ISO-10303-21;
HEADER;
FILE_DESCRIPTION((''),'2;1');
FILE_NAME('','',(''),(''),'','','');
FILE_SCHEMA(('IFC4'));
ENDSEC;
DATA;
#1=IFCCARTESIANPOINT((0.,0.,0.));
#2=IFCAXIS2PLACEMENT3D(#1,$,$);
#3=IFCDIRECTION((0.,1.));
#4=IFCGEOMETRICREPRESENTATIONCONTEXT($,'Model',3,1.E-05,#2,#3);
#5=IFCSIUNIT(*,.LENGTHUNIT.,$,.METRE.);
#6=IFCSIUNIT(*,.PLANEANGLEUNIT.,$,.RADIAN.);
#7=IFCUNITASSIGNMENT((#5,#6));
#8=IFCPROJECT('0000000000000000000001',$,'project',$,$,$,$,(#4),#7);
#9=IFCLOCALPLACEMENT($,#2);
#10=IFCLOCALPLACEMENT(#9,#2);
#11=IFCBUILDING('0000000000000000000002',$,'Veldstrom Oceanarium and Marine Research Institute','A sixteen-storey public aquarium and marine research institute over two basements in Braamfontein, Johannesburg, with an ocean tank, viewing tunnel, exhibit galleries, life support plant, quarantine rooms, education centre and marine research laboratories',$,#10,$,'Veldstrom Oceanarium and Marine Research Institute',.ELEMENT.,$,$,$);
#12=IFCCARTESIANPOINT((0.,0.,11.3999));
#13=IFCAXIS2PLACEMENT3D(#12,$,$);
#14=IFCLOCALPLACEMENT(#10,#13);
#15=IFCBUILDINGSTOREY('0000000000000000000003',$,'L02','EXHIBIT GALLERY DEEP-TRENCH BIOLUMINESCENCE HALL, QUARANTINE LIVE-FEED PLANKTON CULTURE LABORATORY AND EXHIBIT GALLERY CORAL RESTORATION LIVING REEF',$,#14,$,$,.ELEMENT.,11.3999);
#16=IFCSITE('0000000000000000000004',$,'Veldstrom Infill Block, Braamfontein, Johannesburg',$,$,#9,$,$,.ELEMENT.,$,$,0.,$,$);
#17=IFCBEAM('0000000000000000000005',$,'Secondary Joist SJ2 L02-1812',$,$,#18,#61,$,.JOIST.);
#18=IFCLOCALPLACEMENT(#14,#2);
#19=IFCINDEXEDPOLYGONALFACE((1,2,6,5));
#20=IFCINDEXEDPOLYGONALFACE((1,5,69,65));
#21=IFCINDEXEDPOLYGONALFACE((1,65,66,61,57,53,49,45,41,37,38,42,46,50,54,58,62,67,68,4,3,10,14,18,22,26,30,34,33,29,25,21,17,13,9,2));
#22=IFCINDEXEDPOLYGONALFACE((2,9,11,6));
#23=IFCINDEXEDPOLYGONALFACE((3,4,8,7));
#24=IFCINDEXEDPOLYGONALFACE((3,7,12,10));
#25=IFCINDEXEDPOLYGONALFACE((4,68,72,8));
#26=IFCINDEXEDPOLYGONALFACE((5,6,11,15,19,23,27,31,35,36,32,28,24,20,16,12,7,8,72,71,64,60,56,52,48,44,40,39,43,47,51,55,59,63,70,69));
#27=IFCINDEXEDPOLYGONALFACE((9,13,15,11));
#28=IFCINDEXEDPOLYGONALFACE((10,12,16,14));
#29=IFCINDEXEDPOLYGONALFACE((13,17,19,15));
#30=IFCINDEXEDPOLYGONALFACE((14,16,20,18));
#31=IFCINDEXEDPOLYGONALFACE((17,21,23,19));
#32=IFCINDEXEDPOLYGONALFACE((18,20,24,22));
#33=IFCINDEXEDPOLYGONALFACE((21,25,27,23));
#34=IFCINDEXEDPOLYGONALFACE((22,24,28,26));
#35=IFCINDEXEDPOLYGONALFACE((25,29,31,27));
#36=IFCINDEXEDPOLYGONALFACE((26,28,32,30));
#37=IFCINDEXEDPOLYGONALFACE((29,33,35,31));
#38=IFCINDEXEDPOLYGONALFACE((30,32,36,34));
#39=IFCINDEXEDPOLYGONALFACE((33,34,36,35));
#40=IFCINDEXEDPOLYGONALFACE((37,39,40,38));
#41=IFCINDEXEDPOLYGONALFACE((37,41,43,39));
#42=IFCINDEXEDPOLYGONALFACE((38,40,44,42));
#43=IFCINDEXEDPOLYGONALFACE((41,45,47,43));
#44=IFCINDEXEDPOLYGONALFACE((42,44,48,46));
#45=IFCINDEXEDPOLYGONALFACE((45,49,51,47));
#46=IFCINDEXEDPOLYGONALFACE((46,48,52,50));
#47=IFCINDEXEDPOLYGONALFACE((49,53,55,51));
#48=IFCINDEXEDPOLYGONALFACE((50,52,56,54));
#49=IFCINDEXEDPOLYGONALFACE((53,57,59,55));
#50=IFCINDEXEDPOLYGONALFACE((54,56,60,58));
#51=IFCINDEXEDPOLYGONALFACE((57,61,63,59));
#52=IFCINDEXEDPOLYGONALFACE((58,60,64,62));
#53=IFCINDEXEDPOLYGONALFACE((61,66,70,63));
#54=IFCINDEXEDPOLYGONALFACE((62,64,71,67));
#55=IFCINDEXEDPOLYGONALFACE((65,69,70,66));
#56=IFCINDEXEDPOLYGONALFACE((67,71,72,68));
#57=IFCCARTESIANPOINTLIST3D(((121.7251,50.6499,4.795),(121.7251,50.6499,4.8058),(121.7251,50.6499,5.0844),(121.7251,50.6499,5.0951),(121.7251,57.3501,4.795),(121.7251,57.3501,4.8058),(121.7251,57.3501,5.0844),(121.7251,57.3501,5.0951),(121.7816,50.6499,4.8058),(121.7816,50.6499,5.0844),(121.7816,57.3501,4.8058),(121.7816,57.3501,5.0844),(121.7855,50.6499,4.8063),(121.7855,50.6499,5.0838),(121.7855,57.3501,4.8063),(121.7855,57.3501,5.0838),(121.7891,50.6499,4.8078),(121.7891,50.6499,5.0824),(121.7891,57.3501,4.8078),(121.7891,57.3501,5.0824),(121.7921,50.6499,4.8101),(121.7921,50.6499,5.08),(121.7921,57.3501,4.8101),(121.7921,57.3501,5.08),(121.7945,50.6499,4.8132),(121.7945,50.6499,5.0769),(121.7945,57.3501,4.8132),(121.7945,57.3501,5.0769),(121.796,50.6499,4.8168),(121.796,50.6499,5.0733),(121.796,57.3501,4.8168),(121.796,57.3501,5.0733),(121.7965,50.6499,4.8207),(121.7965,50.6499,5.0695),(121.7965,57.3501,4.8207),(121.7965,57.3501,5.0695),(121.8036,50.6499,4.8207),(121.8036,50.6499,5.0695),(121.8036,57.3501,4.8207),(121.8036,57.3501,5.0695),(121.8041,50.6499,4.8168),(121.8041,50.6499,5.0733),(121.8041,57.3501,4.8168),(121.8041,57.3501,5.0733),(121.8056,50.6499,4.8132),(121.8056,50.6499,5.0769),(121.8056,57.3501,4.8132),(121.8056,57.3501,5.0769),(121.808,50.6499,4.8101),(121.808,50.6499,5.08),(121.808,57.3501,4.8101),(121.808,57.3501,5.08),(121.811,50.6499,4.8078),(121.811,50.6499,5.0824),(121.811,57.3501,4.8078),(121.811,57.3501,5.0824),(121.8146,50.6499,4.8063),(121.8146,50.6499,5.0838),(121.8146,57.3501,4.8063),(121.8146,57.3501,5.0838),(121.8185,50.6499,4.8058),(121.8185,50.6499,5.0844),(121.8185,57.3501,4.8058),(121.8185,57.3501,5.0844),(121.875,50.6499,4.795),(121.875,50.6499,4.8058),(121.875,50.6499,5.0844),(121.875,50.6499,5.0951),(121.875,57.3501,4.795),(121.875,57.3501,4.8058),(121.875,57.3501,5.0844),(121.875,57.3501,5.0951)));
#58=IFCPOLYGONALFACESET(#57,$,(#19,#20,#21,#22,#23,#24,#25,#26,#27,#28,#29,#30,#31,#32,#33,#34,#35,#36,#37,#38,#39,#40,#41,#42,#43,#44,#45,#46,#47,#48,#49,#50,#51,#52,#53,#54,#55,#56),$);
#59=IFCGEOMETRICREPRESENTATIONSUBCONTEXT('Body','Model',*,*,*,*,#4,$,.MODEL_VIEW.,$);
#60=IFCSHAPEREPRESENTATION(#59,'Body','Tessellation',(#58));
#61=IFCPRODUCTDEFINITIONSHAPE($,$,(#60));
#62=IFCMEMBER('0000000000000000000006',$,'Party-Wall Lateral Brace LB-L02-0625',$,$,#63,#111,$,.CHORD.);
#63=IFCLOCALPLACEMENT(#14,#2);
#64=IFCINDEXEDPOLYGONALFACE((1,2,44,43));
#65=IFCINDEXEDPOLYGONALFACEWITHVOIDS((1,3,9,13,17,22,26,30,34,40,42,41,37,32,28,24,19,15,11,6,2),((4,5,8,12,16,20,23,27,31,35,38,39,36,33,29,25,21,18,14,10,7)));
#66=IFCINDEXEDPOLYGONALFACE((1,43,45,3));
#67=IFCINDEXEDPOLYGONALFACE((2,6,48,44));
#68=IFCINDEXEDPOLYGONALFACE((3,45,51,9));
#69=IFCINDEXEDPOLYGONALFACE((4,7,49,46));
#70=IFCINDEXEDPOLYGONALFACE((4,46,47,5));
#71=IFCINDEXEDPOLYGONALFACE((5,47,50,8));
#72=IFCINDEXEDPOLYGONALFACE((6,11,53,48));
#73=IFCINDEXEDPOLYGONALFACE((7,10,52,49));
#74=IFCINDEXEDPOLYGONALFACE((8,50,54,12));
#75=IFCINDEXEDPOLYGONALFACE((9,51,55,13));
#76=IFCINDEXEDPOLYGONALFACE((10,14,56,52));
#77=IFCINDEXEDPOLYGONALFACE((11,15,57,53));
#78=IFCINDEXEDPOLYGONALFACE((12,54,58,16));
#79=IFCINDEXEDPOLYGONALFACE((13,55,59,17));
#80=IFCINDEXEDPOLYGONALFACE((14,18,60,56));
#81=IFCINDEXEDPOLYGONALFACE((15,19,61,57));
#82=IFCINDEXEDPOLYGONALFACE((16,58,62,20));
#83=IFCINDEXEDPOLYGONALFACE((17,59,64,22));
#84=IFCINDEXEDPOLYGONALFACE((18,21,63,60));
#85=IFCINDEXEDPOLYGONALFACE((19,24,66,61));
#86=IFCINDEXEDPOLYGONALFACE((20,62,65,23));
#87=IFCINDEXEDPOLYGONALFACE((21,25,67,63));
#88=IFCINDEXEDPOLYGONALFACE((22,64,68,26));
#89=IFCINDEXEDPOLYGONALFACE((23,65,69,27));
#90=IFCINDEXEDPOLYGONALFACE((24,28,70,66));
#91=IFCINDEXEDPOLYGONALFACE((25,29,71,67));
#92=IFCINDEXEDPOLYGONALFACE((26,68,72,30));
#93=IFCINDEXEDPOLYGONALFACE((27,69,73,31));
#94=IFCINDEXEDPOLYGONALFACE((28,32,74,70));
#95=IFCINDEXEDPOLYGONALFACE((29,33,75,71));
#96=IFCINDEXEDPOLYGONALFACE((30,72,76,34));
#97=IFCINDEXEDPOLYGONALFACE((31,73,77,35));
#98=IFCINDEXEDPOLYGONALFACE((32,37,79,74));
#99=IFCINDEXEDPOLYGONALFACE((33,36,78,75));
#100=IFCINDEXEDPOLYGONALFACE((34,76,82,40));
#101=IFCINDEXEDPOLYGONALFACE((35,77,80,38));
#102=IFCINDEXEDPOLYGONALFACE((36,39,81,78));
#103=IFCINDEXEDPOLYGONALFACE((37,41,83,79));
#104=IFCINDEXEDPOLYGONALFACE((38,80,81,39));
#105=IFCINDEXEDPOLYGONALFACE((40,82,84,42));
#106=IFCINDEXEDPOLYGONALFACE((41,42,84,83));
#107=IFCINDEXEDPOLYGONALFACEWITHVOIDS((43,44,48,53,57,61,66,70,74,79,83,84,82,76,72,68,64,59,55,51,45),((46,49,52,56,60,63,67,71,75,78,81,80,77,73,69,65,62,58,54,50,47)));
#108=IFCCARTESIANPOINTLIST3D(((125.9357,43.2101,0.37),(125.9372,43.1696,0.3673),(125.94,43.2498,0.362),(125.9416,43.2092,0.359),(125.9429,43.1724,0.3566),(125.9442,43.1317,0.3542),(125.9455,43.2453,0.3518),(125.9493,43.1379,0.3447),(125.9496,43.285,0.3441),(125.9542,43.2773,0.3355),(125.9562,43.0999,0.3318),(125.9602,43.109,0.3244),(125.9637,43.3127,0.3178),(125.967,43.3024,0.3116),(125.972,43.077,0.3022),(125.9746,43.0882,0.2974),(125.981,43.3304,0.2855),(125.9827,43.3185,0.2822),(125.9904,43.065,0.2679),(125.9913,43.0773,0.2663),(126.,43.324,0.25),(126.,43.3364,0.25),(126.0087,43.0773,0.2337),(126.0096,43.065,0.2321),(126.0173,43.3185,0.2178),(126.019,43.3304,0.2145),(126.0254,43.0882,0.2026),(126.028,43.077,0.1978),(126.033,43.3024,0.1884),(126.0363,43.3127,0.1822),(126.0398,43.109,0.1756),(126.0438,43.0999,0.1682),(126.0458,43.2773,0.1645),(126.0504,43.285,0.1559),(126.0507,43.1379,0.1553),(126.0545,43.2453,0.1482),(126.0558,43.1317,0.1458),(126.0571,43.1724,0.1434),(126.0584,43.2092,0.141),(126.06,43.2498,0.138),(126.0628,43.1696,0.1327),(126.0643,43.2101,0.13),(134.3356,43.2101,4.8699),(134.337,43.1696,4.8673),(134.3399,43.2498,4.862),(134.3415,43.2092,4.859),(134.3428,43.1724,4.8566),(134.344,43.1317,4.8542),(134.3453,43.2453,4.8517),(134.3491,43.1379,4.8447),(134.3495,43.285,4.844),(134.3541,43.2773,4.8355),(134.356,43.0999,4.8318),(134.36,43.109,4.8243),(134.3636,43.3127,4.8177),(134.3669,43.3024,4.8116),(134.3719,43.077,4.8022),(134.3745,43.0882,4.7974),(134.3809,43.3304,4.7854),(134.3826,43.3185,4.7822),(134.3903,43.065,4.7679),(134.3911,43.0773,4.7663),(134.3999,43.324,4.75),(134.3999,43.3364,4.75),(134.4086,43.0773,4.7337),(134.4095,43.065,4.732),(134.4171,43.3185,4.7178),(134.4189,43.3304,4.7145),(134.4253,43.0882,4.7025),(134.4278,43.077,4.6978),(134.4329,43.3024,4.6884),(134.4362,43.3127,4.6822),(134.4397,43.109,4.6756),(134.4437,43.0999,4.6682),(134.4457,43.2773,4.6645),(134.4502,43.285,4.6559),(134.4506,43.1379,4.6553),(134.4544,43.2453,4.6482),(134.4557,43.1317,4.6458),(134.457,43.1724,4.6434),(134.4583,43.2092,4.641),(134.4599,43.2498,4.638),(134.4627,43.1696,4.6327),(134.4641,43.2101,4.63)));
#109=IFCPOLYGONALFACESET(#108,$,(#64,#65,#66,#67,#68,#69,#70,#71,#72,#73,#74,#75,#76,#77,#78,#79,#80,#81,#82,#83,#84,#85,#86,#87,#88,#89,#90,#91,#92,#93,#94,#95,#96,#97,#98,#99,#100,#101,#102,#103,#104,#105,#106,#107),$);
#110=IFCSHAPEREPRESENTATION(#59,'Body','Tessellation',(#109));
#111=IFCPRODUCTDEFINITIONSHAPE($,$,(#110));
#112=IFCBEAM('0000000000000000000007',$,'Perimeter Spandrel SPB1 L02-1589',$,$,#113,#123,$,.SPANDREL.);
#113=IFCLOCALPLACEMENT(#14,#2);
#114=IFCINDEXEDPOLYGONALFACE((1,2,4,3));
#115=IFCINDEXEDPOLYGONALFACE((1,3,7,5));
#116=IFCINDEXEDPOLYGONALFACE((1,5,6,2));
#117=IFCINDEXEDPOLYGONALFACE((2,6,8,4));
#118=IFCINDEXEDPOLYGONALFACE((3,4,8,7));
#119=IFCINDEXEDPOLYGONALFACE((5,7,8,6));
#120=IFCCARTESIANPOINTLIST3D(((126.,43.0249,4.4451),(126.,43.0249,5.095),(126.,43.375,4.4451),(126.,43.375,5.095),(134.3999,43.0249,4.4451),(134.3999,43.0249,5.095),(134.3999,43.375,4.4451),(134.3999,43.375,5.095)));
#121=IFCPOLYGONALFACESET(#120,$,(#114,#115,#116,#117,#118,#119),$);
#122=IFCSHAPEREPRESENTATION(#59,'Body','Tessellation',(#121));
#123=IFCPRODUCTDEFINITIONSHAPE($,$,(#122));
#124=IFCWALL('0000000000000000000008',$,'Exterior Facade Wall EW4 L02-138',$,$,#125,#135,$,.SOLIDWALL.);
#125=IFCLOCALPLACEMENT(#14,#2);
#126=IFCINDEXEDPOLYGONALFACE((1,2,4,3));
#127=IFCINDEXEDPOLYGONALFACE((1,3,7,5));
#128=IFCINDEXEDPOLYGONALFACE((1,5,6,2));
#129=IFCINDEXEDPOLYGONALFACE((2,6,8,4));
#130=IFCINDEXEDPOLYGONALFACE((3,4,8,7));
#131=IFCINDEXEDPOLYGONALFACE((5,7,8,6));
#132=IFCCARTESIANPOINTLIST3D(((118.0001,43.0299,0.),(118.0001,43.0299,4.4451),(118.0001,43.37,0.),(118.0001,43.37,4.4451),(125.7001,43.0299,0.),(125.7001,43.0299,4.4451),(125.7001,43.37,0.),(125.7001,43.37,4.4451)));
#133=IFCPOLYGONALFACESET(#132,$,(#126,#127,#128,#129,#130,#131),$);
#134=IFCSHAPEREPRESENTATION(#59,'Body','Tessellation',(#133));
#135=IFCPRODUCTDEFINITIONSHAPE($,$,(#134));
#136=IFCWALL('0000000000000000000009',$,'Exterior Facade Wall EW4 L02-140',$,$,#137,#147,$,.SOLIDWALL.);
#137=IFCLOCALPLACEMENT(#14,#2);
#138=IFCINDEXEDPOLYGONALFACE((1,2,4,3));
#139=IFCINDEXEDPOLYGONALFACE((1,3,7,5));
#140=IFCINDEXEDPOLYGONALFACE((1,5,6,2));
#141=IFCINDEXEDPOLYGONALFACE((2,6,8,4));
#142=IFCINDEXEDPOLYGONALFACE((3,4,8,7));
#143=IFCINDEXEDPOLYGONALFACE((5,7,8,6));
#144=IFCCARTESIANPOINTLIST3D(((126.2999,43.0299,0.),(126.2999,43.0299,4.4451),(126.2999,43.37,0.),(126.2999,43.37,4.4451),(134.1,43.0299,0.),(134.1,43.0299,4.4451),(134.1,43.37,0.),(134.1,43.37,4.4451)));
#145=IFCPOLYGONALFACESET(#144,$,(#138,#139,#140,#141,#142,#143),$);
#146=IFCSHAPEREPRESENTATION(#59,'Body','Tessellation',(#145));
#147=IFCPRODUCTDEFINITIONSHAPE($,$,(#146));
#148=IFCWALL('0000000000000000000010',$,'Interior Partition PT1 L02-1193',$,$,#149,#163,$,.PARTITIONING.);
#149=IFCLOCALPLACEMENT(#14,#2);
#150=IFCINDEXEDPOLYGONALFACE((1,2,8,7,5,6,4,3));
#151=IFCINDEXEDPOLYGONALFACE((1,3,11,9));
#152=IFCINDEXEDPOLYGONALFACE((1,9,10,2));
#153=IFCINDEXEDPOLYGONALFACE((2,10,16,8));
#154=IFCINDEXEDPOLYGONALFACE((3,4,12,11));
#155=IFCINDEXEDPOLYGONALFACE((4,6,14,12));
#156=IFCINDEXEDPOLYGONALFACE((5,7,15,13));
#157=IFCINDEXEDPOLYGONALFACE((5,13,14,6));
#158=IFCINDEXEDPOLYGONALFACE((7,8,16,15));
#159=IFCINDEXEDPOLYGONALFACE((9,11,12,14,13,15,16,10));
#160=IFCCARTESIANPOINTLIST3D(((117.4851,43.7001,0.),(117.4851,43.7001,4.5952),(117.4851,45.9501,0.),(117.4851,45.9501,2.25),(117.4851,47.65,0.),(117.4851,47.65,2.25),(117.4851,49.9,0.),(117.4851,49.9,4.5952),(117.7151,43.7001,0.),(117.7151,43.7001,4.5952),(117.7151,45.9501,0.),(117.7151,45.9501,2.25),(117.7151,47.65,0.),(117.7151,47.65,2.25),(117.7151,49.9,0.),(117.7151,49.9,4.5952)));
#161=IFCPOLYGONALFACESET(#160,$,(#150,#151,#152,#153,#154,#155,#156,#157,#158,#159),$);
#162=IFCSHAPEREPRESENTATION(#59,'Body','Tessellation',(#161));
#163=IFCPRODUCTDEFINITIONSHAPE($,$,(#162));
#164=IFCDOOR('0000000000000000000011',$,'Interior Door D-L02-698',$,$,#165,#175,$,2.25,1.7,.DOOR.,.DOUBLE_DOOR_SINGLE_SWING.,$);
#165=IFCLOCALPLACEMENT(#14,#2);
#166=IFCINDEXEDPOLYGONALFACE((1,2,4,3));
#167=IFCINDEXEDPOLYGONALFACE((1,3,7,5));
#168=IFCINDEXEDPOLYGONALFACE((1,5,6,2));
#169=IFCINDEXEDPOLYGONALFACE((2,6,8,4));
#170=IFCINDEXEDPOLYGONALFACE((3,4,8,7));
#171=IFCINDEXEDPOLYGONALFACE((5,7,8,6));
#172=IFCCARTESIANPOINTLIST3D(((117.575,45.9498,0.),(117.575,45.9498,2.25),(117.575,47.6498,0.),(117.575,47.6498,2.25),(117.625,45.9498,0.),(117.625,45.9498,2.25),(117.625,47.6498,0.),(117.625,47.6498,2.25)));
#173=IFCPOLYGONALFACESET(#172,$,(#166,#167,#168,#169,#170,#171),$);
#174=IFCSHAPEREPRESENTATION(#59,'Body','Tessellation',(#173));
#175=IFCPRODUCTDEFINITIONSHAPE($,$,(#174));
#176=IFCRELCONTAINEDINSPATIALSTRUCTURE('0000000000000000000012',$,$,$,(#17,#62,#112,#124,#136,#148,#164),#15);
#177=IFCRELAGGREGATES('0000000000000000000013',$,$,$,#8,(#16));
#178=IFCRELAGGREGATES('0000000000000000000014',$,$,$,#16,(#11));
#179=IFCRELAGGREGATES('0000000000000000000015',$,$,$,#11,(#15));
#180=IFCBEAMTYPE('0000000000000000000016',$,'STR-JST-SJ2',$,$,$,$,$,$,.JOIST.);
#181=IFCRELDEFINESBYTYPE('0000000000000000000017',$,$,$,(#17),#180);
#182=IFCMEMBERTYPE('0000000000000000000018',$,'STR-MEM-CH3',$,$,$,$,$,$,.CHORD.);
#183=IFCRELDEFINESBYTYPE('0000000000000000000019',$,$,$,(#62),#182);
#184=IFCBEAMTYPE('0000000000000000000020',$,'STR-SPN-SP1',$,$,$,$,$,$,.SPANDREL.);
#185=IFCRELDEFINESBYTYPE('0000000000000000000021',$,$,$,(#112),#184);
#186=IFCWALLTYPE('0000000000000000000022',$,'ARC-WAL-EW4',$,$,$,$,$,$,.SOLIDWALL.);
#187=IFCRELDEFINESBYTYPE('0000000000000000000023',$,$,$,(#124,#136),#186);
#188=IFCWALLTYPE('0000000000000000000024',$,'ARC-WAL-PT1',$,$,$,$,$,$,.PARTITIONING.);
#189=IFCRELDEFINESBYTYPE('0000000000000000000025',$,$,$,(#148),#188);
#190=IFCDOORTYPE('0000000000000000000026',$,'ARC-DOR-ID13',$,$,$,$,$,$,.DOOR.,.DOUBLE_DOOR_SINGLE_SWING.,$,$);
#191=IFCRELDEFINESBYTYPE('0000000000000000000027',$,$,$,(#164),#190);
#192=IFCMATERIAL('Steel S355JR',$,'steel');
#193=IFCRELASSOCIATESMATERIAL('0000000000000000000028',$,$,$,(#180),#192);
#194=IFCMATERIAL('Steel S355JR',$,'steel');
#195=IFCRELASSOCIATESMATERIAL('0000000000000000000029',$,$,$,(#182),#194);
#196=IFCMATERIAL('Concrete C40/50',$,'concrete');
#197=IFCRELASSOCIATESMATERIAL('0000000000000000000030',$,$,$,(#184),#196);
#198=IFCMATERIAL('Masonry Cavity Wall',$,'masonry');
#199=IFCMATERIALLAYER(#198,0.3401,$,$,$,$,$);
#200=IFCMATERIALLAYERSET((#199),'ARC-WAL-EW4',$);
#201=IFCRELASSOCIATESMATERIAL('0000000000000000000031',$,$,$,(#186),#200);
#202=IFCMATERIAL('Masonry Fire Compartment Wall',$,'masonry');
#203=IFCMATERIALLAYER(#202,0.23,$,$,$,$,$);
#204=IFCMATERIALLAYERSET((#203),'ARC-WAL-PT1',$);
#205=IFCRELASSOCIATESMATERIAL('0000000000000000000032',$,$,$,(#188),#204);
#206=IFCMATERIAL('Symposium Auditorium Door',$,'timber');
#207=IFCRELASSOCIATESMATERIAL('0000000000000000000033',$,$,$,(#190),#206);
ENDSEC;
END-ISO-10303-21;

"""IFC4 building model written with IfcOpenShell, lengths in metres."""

from ifc_helpers import new_model, si_unit, direction, frame, frame_2d, origin, origin_2d, place, context, subcontext, project, spatial, rectangle, hollow_circle, i_section, extrude, material, layer, layer_set, material_profile, profile_set, type_object, element, fill, save


model = new_model("IFC4")

# Units and contexts
model_context = context("Model", 3, precision=1e-05, world=origin(), true_north=direction((0.0, 1.0)))
body_context = subcontext(model_context, "Body", "Model", "MODEL_VIEW")
ifc_project = project(units=[si_unit("LENGTHUNIT", "METRE"), si_unit("PLANEANGLEUNIT", "RADIAN")], contexts=[model_context])

# Site, building, storey
site_placement = place(None, origin())
site = spatial("IfcSite", under=ifc_project, at=site_placement, Name="Veldstrom Infill Block, Braamfontein, Johannesburg", CompositionType="ELEMENT", RefElevation=0.0)
building_placement = place(site_placement, origin())
building = spatial("IfcBuilding", under=site, at=building_placement, Name="Veldstrom Oceanarium and Marine Research Institute", Description="A sixteen-storey public aquarium and marine research institute over two basements in Braamfontein, Johannesburg, with an ocean tank, viewing tunnel, exhibit galleries, life support plant, quarantine rooms, education centre and marine research laboratories", LongName="Veldstrom Oceanarium and Marine Research Institute", CompositionType="ELEMENT")
storey_placement = place(building_placement, frame((0.0, 0.0, 11.3999)))
storey = spatial("IfcBuildingStorey", under=building, at=storey_placement, Name="L02", Description="EXHIBIT GALLERY DEEP-TRENCH BIOLUMINESCENCE HALL, QUARANTINE LIVE-FEED PLANKTON CULTURE LABORATORY AND EXHIBIT GALLERY CORAL RESTORATION LIVING REEF", CompositionType="ELEMENT", Elevation=11.3999)

# Beam
ifc_material_1 = material(Name="Steel S355JR", Category="steel")
ifc_material_profile_1 = material_profile(ifc_material_1, i_section(OverallWidth=0.1499, OverallDepth=0.3, WebThickness=0.0071, FlangeThickness=0.0107, FilletRadius=0.0149, at=origin_2d()), Name="IPE 300")
ifc_profile_set_1 = profile_set([ifc_material_profile_1], Name="Steel S355JR")
beam_type_1 = type_object("IfcBeamType", Name="STR-JST-SJ2", PredefinedType="JOIST", material=ifc_profile_set_1)
beam_1_placement = place(storey_placement, frame((121.8, 50.6499, 4.9451), z_axis=(0.0, 1.0, 0.0), x_axis=(-1.0, 0.0, 0.0)))
element("IfcBeam", 1, at=beam_1_placement, inside=storey, type_object=beam_type_1, Name="Secondary Joist SJ2 L02-1812", PredefinedType="JOIST", context=body_context, shape_type="SweptSolid", body=[
    extrude(i_section(OverallWidth=0.1499, OverallDepth=0.3, WebThickness=0.0071, FlangeThickness=0.0107, FilletRadius=0.0149, at=origin_2d()), origin(), (0.0, 0.0, 1.0), 6.7002),
])

# Member
ifc_material_2 = material(Name="Steel S355JR", Category="steel")
ifc_material_profile_2 = material_profile(ifc_material_2, hollow_circle(Radius=0.1365, WallThickness=0.0125, at=origin_2d()), Name="CHS 273x12.5")
ifc_profile_set_2 = profile_set([ifc_material_profile_2], Name="Steel S355JR")
member_type = type_object("IfcMemberType", Name="STR-MEM-CH3", PredefinedType="CHORD", material=ifc_profile_set_2)
member_placement = place(storey_placement, frame((126.0, 43.2, 0.25), z_axis=(0.881478, 0.0, 0.472226), x_axis=(0.0, 1.0, 0.0)))
element("IfcMember", 2, at=member_placement, inside=storey, type_object=member_type, Name="Party-Wall Lateral Brace LB-L02-0625", PredefinedType="CHORD", context=body_context, shape_type="SweptSolid", body=[
    extrude(hollow_circle(Radius=0.1365, WallThickness=0.0125, at=origin_2d()), origin(), (0.0, 0.0, 1.0), 9.5293),
])

# Beam
ifc_material_3 = material(Name="Concrete C40/50", Category="concrete")
ifc_material_profile_3 = material_profile(ifc_material_3, rectangle(XDim=0.3501, YDim=0.6499, at=origin_2d()), Name="RC-SPN-350x650")
ifc_profile_set_3 = profile_set([ifc_material_profile_3], Name="Concrete C40/50")
beam_type_2 = type_object("IfcBeamType", Name="STR-SPN-SP1", PredefinedType="SPANDREL", material=ifc_profile_set_3)
beam_2_placement = place(storey_placement, frame((126.0, 43.2, 4.77), z_axis=(1.0, 0.0, 0.0), x_axis=(0.0, 1.0, 0.0)))
element("IfcBeam", 3, at=beam_2_placement, inside=storey, type_object=beam_type_2, Name="Perimeter Spandrel SPB1 L02-1589", PredefinedType="SPANDREL", context=body_context, shape_type="SweptSolid", body=[
    extrude(rectangle(XDim=0.3501, YDim=0.6499, at=origin_2d()), origin(), (0.0, 0.0, 1.0), 8.3999),
])

# Walls
ifc_material_4 = material(Name="Masonry Cavity Wall", Category="masonry")
ifc_layer_1 = layer(ifc_material_4, 0.3401)
ifc_layer_set_1 = layer_set([ifc_layer_1], Name="ARC-WAL-EW4")
wall_type_1 = type_object("IfcWallType", Name="ARC-WAL-EW4", PredefinedType="SOLIDWALL", material=ifc_layer_set_1)
wall_1_placement = place(storey_placement, frame((118.0, 43.2, 0.0), z_axis=(0.0, 0.0, 1.0), x_axis=(1.0, 0.0, 0.0)))
element("IfcWall", 4, at=wall_1_placement, inside=storey, type_object=wall_type_1, Name="Exterior Facade Wall EW4 L02-138", PredefinedType="SOLIDWALL", context=body_context, shape_type="SweptSolid", body=[
    extrude(rectangle(XDim=7.7, YDim=0.3401, at=frame_2d((3.8501, 0.0))), origin(), (0.0, 0.0, 1.0), 4.4451),
])
wall_2_placement = place(storey_placement, frame((126.3, 43.2, 0.0), z_axis=(0.0, 0.0, 1.0), x_axis=(1.0, 0.0, 0.0)))
element("IfcWall", 5, at=wall_2_placement, inside=storey, type_object=wall_type_1, Name="Exterior Facade Wall EW4 L02-140", PredefinedType="SOLIDWALL", context=body_context, shape_type="SweptSolid", body=[
    extrude(rectangle(XDim=7.8, YDim=0.3401, at=frame_2d((3.8999, 0.0))), origin(), (0.0, 0.0, 1.0), 4.4451),
])

# Wall, opening, door
ifc_material_5 = material(Name="Masonry Fire Compartment Wall", Category="masonry")
ifc_layer_2 = layer(ifc_material_5, 0.23)
ifc_layer_set_2 = layer_set([ifc_layer_2], Name="ARC-WAL-PT1")
wall_type_2 = type_object("IfcWallType", Name="ARC-WAL-PT1", PredefinedType="PARTITIONING", material=ifc_layer_set_2)
wall_3_placement = place(storey_placement, frame((117.6001, 43.7, 0.0), z_axis=(0.0, 0.0, 1.0), x_axis=(0.0, 1.0, 0.0)))
wall_3 = element("IfcWall", 6, at=wall_3_placement, inside=storey, type_object=wall_type_2, Name="Interior Partition PT1 L02-1193", PredefinedType="PARTITIONING", context=body_context, shape_type="SweptSolid", body=[
    extrude(rectangle(XDim=6.2, YDim=0.23, at=frame_2d((3.1001, 0.0))), origin(), (0.0, 0.0, 1.0), 4.5952),
])
opening_1_placement = place(wall_3_placement, frame((2.25, 0.0, 0.0)))
opening_1 = element("IfcOpeningElement", 7, at=opening_1_placement, cuts=wall_3, PredefinedType="OPENING", context=body_context, shape_type="SweptSolid", body=[
    extrude(rectangle(XDim=1.7, YDim=2.25, at=frame_2d((0.8501, 1.125))), frame((0.0, 0.125, 0.0), z_axis=(0.0, -1.0, 0.0), x_axis=(1.0, 0.0, 0.0)), (0.0, 0.0, 1.0), 0.25),
])
ifc_material_6 = material(Name="Symposium Auditorium Door", Category="timber")
door_type_1 = type_object("IfcDoorType", Name="ARC-DOR-ID13", OperationType="DOUBLE_DOOR_SINGLE_SWING", PredefinedType="DOOR", material=ifc_material_6)
door_1_placement = place(opening_1_placement, frame((1.7, 0.0, 0.0), z_axis=(0.0, 0.0, 1.0), x_axis=(-1.0, 0.0, 0.0)))
door_1 = element("IfcDoor", 8, at=door_1_placement, inside=storey, type_object=door_type_1, Name="Interior Door D-L02-698", OperationType="DOUBLE_DOOR_SINGLE_SWING", OverallHeight=2.25, OverallWidth=1.7, PredefinedType="DOOR", context=body_context, shape_type="SweptSolid", body=[
    extrude(rectangle(XDim=1.7, YDim=2.25, at=frame_2d((0.8501, 1.125))), frame((0.0, 0.0249, 0.0), z_axis=(0.0, -1.0, 0.0), x_axis=(1.0, 0.0, 0.0)), (0.0, 0.0, 1.0), 0.05),
])
fill(opening_1, door_1)

save(model, "model.ifc")
